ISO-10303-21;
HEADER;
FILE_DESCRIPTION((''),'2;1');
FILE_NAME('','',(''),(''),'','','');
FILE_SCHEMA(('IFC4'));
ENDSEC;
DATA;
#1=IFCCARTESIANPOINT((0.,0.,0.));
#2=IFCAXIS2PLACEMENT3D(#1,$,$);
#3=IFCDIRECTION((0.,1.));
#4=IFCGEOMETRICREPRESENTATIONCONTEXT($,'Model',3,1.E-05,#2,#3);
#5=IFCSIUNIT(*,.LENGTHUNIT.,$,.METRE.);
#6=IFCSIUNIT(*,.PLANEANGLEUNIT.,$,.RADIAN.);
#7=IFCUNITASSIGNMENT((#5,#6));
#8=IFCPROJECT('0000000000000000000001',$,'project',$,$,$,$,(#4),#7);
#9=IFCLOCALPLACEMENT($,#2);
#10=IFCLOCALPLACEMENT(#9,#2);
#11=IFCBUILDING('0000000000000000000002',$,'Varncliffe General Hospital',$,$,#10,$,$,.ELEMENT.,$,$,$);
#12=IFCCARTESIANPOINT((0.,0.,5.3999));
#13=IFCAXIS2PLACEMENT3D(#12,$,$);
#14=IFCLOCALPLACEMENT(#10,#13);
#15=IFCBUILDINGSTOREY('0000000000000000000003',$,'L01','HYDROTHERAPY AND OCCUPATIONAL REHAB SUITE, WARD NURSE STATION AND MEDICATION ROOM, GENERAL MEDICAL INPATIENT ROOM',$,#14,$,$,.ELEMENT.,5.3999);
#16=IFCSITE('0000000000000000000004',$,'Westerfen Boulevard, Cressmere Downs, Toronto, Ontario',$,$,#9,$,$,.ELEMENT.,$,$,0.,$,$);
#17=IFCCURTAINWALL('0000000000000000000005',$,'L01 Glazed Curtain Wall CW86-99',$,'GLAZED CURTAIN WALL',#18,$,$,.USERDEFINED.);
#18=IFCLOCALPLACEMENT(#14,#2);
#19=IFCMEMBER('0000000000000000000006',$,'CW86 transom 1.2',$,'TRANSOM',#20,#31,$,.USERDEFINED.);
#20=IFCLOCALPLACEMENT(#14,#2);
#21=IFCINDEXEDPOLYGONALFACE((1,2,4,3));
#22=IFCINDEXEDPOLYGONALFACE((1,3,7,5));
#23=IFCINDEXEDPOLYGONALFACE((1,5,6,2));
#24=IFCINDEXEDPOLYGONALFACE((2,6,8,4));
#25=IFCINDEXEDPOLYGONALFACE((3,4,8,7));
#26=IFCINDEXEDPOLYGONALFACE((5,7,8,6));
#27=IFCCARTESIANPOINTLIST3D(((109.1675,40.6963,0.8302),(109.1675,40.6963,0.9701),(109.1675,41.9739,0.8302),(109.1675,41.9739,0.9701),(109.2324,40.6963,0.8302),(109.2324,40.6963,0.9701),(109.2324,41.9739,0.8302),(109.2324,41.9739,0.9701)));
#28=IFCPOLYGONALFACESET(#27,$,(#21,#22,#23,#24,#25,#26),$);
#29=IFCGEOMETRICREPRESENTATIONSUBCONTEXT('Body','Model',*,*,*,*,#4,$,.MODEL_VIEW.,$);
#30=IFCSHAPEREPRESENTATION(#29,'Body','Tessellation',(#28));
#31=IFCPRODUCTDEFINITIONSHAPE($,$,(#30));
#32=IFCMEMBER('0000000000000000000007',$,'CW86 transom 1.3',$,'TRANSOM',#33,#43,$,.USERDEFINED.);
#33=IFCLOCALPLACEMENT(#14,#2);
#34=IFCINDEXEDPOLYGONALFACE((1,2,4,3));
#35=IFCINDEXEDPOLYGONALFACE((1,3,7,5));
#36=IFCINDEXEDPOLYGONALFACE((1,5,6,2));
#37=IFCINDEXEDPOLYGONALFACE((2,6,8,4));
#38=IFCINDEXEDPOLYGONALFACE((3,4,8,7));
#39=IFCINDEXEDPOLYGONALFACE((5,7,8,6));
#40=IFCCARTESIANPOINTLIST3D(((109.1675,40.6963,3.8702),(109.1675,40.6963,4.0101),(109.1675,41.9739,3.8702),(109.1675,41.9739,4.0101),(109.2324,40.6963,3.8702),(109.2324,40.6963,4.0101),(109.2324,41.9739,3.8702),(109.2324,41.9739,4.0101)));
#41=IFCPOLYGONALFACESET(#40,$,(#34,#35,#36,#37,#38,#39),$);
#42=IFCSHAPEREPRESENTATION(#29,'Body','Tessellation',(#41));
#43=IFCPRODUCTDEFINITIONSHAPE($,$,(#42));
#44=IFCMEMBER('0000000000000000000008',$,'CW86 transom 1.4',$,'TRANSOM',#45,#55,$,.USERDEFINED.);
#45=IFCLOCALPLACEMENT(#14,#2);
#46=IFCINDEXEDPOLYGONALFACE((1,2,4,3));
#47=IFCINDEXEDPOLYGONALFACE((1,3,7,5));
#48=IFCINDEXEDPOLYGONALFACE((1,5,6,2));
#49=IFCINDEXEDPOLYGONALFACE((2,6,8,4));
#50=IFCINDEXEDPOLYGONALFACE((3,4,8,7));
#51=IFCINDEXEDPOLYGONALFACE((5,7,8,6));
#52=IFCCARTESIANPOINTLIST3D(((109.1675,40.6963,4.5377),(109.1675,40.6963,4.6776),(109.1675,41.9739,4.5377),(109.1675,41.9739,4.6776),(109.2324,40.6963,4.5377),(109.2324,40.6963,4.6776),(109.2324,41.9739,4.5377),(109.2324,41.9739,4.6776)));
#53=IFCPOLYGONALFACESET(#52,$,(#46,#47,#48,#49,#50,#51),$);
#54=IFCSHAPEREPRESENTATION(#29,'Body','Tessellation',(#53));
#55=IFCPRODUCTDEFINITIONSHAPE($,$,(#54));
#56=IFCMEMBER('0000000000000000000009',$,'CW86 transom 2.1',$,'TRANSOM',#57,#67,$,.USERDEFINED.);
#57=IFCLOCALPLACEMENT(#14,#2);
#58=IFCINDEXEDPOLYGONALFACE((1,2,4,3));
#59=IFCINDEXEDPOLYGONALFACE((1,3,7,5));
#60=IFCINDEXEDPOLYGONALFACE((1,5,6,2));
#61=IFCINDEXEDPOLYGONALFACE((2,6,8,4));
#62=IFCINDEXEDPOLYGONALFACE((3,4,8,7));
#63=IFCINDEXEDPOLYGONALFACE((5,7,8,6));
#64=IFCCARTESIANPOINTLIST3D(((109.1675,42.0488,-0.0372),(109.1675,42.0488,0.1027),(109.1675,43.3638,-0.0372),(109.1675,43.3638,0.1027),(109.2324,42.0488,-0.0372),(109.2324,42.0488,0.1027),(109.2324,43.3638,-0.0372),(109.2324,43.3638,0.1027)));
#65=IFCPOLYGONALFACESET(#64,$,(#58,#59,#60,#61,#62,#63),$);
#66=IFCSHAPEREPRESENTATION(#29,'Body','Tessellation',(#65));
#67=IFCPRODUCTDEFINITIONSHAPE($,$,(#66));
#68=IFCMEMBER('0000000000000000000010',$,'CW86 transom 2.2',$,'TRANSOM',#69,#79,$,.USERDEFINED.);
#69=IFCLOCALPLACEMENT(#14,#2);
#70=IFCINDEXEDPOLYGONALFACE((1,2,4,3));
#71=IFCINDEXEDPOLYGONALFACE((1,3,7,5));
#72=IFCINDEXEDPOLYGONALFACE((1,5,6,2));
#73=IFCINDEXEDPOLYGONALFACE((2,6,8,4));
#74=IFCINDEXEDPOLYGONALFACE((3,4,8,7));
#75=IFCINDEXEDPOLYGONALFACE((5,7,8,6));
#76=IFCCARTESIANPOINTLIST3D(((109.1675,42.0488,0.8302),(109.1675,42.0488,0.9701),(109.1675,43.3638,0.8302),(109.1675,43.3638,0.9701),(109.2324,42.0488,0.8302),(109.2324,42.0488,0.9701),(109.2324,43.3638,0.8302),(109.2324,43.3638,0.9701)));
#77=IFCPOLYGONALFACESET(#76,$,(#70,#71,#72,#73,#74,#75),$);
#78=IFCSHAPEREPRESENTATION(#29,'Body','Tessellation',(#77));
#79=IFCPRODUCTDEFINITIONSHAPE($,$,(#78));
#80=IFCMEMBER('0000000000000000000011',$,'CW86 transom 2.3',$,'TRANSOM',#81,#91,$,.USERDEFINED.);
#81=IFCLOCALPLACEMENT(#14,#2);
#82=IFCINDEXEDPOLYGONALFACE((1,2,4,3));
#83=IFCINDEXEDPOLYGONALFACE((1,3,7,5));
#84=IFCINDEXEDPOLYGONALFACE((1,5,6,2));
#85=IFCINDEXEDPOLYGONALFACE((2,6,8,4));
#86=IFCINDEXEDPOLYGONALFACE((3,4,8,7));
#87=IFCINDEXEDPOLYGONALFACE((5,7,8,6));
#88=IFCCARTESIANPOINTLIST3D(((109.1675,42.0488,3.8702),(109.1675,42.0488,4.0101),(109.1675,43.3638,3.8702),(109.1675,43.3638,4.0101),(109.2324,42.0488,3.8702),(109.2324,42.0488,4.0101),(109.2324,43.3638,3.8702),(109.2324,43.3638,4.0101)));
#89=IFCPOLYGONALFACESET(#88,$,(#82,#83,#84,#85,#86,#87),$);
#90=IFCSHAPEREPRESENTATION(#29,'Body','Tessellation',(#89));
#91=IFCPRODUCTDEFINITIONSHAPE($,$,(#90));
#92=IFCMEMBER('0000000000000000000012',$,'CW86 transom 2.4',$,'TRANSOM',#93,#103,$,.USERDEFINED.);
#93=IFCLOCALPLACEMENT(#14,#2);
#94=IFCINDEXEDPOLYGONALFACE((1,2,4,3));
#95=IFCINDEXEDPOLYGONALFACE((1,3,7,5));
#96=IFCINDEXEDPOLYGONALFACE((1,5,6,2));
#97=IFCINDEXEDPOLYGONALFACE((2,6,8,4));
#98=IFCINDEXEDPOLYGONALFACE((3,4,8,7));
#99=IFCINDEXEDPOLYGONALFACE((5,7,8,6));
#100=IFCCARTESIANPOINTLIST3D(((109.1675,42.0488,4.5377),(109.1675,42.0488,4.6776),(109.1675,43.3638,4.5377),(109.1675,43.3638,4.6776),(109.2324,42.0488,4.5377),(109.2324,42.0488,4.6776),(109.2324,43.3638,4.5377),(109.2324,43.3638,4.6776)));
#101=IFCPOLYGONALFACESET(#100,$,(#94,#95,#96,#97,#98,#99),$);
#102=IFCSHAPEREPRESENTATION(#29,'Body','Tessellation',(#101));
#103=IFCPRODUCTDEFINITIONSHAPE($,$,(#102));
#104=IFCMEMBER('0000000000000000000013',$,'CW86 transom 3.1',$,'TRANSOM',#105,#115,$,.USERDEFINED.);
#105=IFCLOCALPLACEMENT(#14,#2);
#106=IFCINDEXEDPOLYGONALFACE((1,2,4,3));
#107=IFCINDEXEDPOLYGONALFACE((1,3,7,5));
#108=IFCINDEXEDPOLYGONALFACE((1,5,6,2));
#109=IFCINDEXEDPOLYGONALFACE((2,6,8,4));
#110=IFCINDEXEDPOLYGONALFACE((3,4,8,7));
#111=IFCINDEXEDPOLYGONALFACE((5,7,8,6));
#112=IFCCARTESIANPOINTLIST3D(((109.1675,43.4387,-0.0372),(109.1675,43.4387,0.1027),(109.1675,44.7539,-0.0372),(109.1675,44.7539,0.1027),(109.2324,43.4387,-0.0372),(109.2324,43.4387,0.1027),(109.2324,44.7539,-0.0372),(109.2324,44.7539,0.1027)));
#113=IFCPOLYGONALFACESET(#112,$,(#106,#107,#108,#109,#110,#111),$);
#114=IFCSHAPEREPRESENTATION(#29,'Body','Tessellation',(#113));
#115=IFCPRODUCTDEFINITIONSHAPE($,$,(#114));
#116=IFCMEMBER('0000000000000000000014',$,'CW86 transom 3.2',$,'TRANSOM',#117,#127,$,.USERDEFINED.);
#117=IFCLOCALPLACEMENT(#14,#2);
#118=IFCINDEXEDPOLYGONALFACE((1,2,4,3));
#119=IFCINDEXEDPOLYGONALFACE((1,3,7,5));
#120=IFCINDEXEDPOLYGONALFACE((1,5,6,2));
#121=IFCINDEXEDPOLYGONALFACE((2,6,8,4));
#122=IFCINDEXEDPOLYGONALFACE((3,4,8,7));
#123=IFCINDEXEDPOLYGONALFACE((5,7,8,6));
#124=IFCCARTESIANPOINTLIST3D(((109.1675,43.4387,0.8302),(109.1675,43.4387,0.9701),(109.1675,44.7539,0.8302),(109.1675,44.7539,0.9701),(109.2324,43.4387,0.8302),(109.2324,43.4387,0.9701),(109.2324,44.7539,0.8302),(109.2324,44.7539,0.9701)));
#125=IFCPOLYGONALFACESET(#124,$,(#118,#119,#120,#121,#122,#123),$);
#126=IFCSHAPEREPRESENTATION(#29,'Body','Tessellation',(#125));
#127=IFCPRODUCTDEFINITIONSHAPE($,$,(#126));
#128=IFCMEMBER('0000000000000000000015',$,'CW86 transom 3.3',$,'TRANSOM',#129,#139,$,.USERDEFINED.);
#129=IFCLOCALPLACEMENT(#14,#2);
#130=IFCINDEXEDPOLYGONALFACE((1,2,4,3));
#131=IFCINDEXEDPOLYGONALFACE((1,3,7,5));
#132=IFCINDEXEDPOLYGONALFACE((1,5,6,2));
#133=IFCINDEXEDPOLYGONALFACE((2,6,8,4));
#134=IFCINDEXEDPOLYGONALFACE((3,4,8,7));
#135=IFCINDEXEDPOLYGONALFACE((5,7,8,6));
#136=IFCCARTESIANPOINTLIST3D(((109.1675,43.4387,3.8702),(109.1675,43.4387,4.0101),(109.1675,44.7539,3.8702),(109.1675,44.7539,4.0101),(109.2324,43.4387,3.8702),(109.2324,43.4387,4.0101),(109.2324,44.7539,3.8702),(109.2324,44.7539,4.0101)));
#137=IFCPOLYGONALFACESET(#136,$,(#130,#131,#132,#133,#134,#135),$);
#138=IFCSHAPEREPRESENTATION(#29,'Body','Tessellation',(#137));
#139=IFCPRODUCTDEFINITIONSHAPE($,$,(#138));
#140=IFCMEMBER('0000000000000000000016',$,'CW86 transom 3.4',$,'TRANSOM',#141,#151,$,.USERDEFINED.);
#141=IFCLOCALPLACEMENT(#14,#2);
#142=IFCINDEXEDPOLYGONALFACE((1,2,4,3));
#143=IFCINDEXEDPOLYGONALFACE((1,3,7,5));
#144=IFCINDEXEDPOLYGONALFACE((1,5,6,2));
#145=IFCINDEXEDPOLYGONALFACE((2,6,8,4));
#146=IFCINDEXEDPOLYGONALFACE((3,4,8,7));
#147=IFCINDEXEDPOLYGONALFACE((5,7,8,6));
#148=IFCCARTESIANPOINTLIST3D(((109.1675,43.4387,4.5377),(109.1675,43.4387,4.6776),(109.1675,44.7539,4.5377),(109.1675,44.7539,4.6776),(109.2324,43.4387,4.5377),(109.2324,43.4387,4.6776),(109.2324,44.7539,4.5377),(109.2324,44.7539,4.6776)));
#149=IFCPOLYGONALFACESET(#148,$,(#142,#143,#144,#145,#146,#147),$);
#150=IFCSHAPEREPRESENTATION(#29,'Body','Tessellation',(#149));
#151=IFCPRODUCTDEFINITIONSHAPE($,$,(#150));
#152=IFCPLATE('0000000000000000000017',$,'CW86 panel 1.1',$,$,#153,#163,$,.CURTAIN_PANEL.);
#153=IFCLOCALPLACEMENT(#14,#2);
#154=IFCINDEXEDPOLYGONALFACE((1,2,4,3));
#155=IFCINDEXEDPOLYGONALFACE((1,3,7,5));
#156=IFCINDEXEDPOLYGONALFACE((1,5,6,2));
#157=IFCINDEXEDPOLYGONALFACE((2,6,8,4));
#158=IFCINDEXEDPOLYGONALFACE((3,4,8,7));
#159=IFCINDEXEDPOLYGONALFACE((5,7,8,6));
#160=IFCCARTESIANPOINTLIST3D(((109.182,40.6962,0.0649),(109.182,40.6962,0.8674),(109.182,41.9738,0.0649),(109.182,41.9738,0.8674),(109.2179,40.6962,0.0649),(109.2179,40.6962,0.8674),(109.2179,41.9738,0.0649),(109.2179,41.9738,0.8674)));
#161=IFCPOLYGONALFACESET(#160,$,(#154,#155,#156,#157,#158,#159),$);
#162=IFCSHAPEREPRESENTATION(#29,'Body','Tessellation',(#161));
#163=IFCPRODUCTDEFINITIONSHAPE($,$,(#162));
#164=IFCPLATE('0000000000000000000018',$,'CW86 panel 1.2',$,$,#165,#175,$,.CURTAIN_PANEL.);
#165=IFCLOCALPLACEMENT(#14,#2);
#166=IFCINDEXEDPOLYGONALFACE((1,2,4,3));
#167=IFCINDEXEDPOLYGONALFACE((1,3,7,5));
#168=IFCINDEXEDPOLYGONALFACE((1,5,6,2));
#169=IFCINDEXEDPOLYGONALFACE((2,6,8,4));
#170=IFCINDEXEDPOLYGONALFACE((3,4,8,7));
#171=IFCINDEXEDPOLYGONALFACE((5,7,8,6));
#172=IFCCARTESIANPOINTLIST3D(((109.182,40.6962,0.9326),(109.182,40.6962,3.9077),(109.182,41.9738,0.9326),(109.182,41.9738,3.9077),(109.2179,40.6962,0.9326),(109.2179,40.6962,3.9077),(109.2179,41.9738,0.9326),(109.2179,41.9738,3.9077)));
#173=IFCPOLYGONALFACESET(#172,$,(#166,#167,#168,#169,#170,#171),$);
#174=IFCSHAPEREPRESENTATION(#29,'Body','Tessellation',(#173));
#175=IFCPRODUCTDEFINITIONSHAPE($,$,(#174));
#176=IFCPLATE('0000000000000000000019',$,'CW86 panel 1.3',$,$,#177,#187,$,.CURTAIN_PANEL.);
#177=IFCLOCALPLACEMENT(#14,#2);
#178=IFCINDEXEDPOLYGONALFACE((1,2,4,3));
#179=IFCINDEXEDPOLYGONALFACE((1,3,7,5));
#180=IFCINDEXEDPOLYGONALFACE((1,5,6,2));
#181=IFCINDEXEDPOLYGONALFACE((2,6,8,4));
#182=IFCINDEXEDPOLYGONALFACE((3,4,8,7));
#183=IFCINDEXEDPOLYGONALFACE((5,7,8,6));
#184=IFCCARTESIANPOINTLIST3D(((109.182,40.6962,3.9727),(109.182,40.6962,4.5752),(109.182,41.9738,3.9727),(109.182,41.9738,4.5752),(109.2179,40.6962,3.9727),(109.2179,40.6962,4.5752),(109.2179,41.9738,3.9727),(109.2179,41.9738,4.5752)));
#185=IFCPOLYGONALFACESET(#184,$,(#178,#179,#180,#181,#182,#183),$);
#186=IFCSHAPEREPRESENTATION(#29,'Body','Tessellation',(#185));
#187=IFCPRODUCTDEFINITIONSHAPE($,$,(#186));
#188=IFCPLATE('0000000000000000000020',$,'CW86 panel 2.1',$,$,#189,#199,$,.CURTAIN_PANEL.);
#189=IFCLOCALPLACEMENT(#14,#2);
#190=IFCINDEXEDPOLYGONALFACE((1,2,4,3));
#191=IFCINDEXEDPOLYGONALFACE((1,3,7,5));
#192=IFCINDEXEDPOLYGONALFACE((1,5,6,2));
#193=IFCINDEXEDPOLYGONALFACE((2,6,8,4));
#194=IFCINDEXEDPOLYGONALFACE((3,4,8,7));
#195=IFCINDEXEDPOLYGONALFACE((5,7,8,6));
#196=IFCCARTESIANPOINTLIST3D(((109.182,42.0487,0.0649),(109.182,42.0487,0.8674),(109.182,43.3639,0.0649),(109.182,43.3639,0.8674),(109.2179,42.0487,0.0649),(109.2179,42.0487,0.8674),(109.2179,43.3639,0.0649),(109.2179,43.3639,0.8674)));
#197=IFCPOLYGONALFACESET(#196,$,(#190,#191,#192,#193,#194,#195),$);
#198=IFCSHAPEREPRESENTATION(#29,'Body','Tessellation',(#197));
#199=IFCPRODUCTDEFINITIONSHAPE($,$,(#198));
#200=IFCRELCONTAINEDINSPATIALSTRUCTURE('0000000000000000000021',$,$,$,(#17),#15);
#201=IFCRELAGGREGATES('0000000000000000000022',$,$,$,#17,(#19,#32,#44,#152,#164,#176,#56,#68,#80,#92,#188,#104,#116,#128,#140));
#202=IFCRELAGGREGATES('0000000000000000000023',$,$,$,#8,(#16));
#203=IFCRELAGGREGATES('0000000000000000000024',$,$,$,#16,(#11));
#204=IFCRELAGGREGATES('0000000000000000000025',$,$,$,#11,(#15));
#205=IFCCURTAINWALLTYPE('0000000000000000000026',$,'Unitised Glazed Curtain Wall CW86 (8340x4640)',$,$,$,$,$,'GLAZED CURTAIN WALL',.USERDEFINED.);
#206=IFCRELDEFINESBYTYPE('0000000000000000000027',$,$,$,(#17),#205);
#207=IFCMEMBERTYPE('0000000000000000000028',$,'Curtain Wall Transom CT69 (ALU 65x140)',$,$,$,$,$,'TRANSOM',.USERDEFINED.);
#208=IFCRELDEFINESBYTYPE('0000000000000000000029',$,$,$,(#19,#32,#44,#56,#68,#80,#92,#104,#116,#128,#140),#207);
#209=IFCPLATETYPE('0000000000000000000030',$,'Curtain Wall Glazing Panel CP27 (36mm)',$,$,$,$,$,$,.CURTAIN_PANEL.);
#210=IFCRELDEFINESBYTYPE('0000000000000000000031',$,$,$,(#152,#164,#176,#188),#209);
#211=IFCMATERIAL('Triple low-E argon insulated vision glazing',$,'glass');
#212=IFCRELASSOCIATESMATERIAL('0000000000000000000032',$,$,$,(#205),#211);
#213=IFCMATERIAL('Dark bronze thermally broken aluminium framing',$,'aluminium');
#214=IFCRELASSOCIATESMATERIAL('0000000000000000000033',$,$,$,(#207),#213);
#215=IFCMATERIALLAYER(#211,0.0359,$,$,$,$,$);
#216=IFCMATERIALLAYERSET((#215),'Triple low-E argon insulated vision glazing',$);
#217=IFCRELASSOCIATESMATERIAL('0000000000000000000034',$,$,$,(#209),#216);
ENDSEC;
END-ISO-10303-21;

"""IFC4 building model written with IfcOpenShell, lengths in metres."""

from ifc_helpers import new_model, si_unit, direction, frame, origin, origin_2d, place, context, subcontext, project, spatial, rectangle, extrude, material, layer, layer_set, material_profile, profile_set, type_object, element, aggregate, save


model = new_model("IFC4")

# Units and contexts
model_context = context("Model", 3, precision=1e-05, world=origin(), true_north=direction((0.0, 1.0)))
body_context = subcontext(model_context, "Body", "Model", "MODEL_VIEW")
ifc_project = project(units=[si_unit("LENGTHUNIT", "METRE"), si_unit("PLANEANGLEUNIT", "RADIAN")], contexts=[model_context])

# Site, building, storey
site_placement = place(None, origin())
site = spatial("IfcSite", under=ifc_project, at=site_placement, Name="Westerfen Boulevard, Cressmere Downs, Toronto, Ontario", CompositionType="ELEMENT", RefElevation=0.0)
building_placement = place(site_placement, origin())
building = spatial("IfcBuilding", under=site, at=building_placement, Name="Varncliffe General Hospital", CompositionType="ELEMENT")
storey_placement = place(building_placement, frame((0.0, 0.0, 5.3999)))
storey = spatial("IfcBuildingStorey", under=building, at=storey_placement, Name="L01", Description="HYDROTHERAPY AND OCCUPATIONAL REHAB SUITE, WARD NURSE STATION AND MEDICATION ROOM, GENERAL MEDICAL INPATIENT ROOM", CompositionType="ELEMENT", Elevation=5.3999)

# Curtain wall
ifc_material_1 = material(Name="Triple low-E argon insulated vision glazing", Category="glass")
ifc_material_2 = material(Name="Dark bronze thermally broken aluminium framing", Category="aluminium")
curtain_wall_type_1 = type_object("IfcCurtainWallType", Name="Unitised Glazed Curtain Wall CW86 (8340x4640)", ElementType="GLAZED CURTAIN WALL", PredefinedType="USERDEFINED", material=ifc_material_1)
curtain_wall_1_placement = place(storey_placement, origin())
curtain_wall_1 = element("IfcCurtainWall", 1, at=curtain_wall_1_placement, inside=storey, type_object=curtain_wall_type_1, Name="L01 Glazed Curtain Wall CW86-99", ObjectType="GLAZED CURTAIN WALL", PredefinedType="USERDEFINED")

# Members
ifc_material_profile_1 = material_profile(ifc_material_2, rectangle(XDim=0.0649, YDim=0.1399, at=origin_2d()), Name="ALU 65x140")
ifc_profile_set_1 = profile_set([ifc_material_profile_1], Name="Dark bronze thermally broken aluminium framing")
member_type_1 = type_object("IfcMemberType", Name="Curtain Wall Transom CT69 (ALU 65x140)", ElementType="TRANSOM", PredefinedType="USERDEFINED", material=ifc_profile_set_1)
member_1_placement = place(storey_placement, frame((109.2, 40.6963, 0.9001), z_axis=(0.0, 1.0, 0.0), x_axis=(-1.0, 0.0, 0.0)))
member_1 = element("IfcMember", 2, at=member_1_placement, type_object=member_type_1, Name="CW86 transom 1.2", ObjectType="TRANSOM", PredefinedType="USERDEFINED", context=body_context, shape_type="SweptSolid", body=[
    extrude(rectangle(XDim=0.0649, YDim=0.1399, at=origin_2d()), origin(), (0.0, 0.0, 1.0), 1.2776),
])
member_2_placement = place(storey_placement, frame((109.2, 40.6963, 3.9402), z_axis=(0.0, 1.0, 0.0), x_axis=(-1.0, 0.0, 0.0)))
member_2 = element("IfcMember", 3, at=member_2_placement, type_object=member_type_1, Name="CW86 transom 1.3", ObjectType="TRANSOM", PredefinedType="USERDEFINED", context=body_context, shape_type="SweptSolid", body=[
    extrude(rectangle(XDim=0.0649, YDim=0.1399, at=origin_2d()), origin(), (0.0, 0.0, 1.0), 1.2776),
])
member_3_placement = place(storey_placement, frame((109.2, 40.6963, 4.6077), z_axis=(0.0, 1.0, 0.0), x_axis=(-1.0, 0.0, 0.0)))
member_3 = element("IfcMember", 4, at=member_3_placement, type_object=member_type_1, Name="CW86 transom 1.4", ObjectType="TRANSOM", PredefinedType="USERDEFINED", context=body_context, shape_type="SweptSolid", body=[
    extrude(rectangle(XDim=0.0649, YDim=0.1399, at=origin_2d()), origin(), (0.0, 0.0, 1.0), 1.2776),
])
member_4_placement = place(storey_placement, frame((109.2, 42.0488, 0.0327), z_axis=(0.0, 1.0, 0.0), x_axis=(-1.0, 0.0, 0.0)))
member_4 = element("IfcMember", 5, at=member_4_placement, type_object=member_type_1, Name="CW86 transom 2.1", ObjectType="TRANSOM", PredefinedType="USERDEFINED", context=body_context, shape_type="SweptSolid", body=[
    extrude(rectangle(XDim=0.0649, YDim=0.1399, at=origin_2d()), origin(), (0.0, 0.0, 1.0), 1.3149),
])
member_5_placement = place(storey_placement, frame((109.2, 42.0488, 0.9001), z_axis=(0.0, 1.0, 0.0), x_axis=(-1.0, 0.0, 0.0)))
member_5 = element("IfcMember", 6, at=member_5_placement, type_object=member_type_1, Name="CW86 transom 2.2", ObjectType="TRANSOM", PredefinedType="USERDEFINED", context=body_context, shape_type="SweptSolid", body=[
    extrude(rectangle(XDim=0.0649, YDim=0.1399, at=origin_2d()), origin(), (0.0, 0.0, 1.0), 1.3149),
])
member_6_placement = place(storey_placement, frame((109.2, 42.0488, 3.9402), z_axis=(0.0, 1.0, 0.0), x_axis=(-1.0, 0.0, 0.0)))
member_6 = element("IfcMember", 7, at=member_6_placement, type_object=member_type_1, Name="CW86 transom 2.3", ObjectType="TRANSOM", PredefinedType="USERDEFINED", context=body_context, shape_type="SweptSolid", body=[
    extrude(rectangle(XDim=0.0649, YDim=0.1399, at=origin_2d()), origin(), (0.0, 0.0, 1.0), 1.3149),
])
member_7_placement = place(storey_placement, frame((109.2, 42.0488, 4.6077), z_axis=(0.0, 1.0, 0.0), x_axis=(-1.0, 0.0, 0.0)))
member_7 = element("IfcMember", 8, at=member_7_placement, type_object=member_type_1, Name="CW86 transom 2.4", ObjectType="TRANSOM", PredefinedType="USERDEFINED", context=body_context, shape_type="SweptSolid", body=[
    extrude(rectangle(XDim=0.0649, YDim=0.1399, at=origin_2d()), origin(), (0.0, 0.0, 1.0), 1.3149),
])
member_8_placement = place(storey_placement, frame((109.2, 43.4387, 0.0327), z_axis=(0.0, 1.0, 0.0), x_axis=(-1.0, 0.0, 0.0)))
member_8 = element("IfcMember", 9, at=member_8_placement, type_object=member_type_1, Name="CW86 transom 3.1", ObjectType="TRANSOM", PredefinedType="USERDEFINED", context=body_context, shape_type="SweptSolid", body=[
    extrude(rectangle(XDim=0.0649, YDim=0.1399, at=origin_2d()), origin(), (0.0, 0.0, 1.0), 1.3152),
])
member_9_placement = place(storey_placement, frame((109.2, 43.4387, 0.9001), z_axis=(0.0, 1.0, 0.0), x_axis=(-1.0, 0.0, 0.0)))
member_9 = element("IfcMember", 10, at=member_9_placement, type_object=member_type_1, Name="CW86 transom 3.2", ObjectType="TRANSOM", PredefinedType="USERDEFINED", context=body_context, shape_type="SweptSolid", body=[
    extrude(rectangle(XDim=0.0649, YDim=0.1399, at=origin_2d()), origin(), (0.0, 0.0, 1.0), 1.3152),
])
member_10_placement = place(storey_placement, frame((109.2, 43.4387, 3.9402), z_axis=(0.0, 1.0, 0.0), x_axis=(-1.0, 0.0, 0.0)))
member_10 = element("IfcMember", 11, at=member_10_placement, type_object=member_type_1, Name="CW86 transom 3.3", ObjectType="TRANSOM", PredefinedType="USERDEFINED", context=body_context, shape_type="SweptSolid", body=[
    extrude(rectangle(XDim=0.0649, YDim=0.1399, at=origin_2d()), origin(), (0.0, 0.0, 1.0), 1.3152),
])
member_11_placement = place(storey_placement, frame((109.2, 43.4387, 4.6077), z_axis=(0.0, 1.0, 0.0), x_axis=(-1.0, 0.0, 0.0)))
member_11 = element("IfcMember", 12, at=member_11_placement, type_object=member_type_1, Name="CW86 transom 3.4", ObjectType="TRANSOM", PredefinedType="USERDEFINED", context=body_context, shape_type="SweptSolid", body=[
    extrude(rectangle(XDim=0.0649, YDim=0.1399, at=origin_2d()), origin(), (0.0, 0.0, 1.0), 1.3152),
])

# Plates
ifc_layer_1 = layer(ifc_material_1, 0.0359)
ifc_layer_set_1 = layer_set([ifc_layer_1], Name="Triple low-E argon insulated vision glazing")
plate_type_1 = type_object("IfcPlateType", Name="Curtain Wall Glazing Panel CP27 (36mm)", PredefinedType="CURTAIN_PANEL", material=ifc_layer_set_1)
plate_1_placement = place(storey_placement, frame((109.2, 41.335, 0.0649), z_axis=(0.0, 0.0, 1.0), x_axis=(0.0, 1.0, 0.0)))
plate_1 = element("IfcPlate", 13, at=plate_1_placement, type_object=plate_type_1, Name="CW86 panel 1.1", PredefinedType="CURTAIN_PANEL", context=body_context, shape_type="SweptSolid", body=[
    extrude(rectangle(XDim=1.2776, YDim=0.0359, at=origin_2d()), origin(), (0.0, 0.0, 1.0), 0.8025),
])
plate_2_placement = place(storey_placement, frame((109.2, 41.335, 0.9326), z_axis=(0.0, 0.0, 1.0), x_axis=(0.0, 1.0, 0.0)))
plate_2 = element("IfcPlate", 14, at=plate_2_placement, type_object=plate_type_1, Name="CW86 panel 1.2", PredefinedType="CURTAIN_PANEL", context=body_context, shape_type="SweptSolid", body=[
    extrude(rectangle(XDim=1.2776, YDim=0.0359, at=origin_2d()), origin(), (0.0, 0.0, 1.0), 2.9751),
])
plate_3_placement = place(storey_placement, frame((109.2, 41.335, 3.9727), z_axis=(0.0, 0.0, 1.0), x_axis=(0.0, 1.0, 0.0)))
plate_3 = element("IfcPlate", 15, at=plate_3_placement, type_object=plate_type_1, Name="CW86 panel 1.3", PredefinedType="CURTAIN_PANEL", context=body_context, shape_type="SweptSolid", body=[
    extrude(rectangle(XDim=1.2776, YDim=0.0359, at=origin_2d()), origin(), (0.0, 0.0, 1.0), 0.6025),
])
plate_4_placement = place(storey_placement, frame((109.2, 42.7063, 0.0649), z_axis=(0.0, 0.0, 1.0), x_axis=(0.0, 1.0, 0.0)))
plate_4 = element("IfcPlate", 16, at=plate_4_placement, type_object=plate_type_1, Name="CW86 panel 2.1", PredefinedType="CURTAIN_PANEL", context=body_context, shape_type="SweptSolid", body=[
    extrude(rectangle(XDim=1.3152, YDim=0.0359, at=origin_2d()), origin(), (0.0, 0.0, 1.0), 0.8025),
])
aggregate(curtain_wall_1, [member_1, member_2, member_3, plate_1, plate_2, plate_3, member_4, member_5, member_6, member_7, plate_4, member_8, member_9, member_10, member_11])

save(model, "model.ifc")
